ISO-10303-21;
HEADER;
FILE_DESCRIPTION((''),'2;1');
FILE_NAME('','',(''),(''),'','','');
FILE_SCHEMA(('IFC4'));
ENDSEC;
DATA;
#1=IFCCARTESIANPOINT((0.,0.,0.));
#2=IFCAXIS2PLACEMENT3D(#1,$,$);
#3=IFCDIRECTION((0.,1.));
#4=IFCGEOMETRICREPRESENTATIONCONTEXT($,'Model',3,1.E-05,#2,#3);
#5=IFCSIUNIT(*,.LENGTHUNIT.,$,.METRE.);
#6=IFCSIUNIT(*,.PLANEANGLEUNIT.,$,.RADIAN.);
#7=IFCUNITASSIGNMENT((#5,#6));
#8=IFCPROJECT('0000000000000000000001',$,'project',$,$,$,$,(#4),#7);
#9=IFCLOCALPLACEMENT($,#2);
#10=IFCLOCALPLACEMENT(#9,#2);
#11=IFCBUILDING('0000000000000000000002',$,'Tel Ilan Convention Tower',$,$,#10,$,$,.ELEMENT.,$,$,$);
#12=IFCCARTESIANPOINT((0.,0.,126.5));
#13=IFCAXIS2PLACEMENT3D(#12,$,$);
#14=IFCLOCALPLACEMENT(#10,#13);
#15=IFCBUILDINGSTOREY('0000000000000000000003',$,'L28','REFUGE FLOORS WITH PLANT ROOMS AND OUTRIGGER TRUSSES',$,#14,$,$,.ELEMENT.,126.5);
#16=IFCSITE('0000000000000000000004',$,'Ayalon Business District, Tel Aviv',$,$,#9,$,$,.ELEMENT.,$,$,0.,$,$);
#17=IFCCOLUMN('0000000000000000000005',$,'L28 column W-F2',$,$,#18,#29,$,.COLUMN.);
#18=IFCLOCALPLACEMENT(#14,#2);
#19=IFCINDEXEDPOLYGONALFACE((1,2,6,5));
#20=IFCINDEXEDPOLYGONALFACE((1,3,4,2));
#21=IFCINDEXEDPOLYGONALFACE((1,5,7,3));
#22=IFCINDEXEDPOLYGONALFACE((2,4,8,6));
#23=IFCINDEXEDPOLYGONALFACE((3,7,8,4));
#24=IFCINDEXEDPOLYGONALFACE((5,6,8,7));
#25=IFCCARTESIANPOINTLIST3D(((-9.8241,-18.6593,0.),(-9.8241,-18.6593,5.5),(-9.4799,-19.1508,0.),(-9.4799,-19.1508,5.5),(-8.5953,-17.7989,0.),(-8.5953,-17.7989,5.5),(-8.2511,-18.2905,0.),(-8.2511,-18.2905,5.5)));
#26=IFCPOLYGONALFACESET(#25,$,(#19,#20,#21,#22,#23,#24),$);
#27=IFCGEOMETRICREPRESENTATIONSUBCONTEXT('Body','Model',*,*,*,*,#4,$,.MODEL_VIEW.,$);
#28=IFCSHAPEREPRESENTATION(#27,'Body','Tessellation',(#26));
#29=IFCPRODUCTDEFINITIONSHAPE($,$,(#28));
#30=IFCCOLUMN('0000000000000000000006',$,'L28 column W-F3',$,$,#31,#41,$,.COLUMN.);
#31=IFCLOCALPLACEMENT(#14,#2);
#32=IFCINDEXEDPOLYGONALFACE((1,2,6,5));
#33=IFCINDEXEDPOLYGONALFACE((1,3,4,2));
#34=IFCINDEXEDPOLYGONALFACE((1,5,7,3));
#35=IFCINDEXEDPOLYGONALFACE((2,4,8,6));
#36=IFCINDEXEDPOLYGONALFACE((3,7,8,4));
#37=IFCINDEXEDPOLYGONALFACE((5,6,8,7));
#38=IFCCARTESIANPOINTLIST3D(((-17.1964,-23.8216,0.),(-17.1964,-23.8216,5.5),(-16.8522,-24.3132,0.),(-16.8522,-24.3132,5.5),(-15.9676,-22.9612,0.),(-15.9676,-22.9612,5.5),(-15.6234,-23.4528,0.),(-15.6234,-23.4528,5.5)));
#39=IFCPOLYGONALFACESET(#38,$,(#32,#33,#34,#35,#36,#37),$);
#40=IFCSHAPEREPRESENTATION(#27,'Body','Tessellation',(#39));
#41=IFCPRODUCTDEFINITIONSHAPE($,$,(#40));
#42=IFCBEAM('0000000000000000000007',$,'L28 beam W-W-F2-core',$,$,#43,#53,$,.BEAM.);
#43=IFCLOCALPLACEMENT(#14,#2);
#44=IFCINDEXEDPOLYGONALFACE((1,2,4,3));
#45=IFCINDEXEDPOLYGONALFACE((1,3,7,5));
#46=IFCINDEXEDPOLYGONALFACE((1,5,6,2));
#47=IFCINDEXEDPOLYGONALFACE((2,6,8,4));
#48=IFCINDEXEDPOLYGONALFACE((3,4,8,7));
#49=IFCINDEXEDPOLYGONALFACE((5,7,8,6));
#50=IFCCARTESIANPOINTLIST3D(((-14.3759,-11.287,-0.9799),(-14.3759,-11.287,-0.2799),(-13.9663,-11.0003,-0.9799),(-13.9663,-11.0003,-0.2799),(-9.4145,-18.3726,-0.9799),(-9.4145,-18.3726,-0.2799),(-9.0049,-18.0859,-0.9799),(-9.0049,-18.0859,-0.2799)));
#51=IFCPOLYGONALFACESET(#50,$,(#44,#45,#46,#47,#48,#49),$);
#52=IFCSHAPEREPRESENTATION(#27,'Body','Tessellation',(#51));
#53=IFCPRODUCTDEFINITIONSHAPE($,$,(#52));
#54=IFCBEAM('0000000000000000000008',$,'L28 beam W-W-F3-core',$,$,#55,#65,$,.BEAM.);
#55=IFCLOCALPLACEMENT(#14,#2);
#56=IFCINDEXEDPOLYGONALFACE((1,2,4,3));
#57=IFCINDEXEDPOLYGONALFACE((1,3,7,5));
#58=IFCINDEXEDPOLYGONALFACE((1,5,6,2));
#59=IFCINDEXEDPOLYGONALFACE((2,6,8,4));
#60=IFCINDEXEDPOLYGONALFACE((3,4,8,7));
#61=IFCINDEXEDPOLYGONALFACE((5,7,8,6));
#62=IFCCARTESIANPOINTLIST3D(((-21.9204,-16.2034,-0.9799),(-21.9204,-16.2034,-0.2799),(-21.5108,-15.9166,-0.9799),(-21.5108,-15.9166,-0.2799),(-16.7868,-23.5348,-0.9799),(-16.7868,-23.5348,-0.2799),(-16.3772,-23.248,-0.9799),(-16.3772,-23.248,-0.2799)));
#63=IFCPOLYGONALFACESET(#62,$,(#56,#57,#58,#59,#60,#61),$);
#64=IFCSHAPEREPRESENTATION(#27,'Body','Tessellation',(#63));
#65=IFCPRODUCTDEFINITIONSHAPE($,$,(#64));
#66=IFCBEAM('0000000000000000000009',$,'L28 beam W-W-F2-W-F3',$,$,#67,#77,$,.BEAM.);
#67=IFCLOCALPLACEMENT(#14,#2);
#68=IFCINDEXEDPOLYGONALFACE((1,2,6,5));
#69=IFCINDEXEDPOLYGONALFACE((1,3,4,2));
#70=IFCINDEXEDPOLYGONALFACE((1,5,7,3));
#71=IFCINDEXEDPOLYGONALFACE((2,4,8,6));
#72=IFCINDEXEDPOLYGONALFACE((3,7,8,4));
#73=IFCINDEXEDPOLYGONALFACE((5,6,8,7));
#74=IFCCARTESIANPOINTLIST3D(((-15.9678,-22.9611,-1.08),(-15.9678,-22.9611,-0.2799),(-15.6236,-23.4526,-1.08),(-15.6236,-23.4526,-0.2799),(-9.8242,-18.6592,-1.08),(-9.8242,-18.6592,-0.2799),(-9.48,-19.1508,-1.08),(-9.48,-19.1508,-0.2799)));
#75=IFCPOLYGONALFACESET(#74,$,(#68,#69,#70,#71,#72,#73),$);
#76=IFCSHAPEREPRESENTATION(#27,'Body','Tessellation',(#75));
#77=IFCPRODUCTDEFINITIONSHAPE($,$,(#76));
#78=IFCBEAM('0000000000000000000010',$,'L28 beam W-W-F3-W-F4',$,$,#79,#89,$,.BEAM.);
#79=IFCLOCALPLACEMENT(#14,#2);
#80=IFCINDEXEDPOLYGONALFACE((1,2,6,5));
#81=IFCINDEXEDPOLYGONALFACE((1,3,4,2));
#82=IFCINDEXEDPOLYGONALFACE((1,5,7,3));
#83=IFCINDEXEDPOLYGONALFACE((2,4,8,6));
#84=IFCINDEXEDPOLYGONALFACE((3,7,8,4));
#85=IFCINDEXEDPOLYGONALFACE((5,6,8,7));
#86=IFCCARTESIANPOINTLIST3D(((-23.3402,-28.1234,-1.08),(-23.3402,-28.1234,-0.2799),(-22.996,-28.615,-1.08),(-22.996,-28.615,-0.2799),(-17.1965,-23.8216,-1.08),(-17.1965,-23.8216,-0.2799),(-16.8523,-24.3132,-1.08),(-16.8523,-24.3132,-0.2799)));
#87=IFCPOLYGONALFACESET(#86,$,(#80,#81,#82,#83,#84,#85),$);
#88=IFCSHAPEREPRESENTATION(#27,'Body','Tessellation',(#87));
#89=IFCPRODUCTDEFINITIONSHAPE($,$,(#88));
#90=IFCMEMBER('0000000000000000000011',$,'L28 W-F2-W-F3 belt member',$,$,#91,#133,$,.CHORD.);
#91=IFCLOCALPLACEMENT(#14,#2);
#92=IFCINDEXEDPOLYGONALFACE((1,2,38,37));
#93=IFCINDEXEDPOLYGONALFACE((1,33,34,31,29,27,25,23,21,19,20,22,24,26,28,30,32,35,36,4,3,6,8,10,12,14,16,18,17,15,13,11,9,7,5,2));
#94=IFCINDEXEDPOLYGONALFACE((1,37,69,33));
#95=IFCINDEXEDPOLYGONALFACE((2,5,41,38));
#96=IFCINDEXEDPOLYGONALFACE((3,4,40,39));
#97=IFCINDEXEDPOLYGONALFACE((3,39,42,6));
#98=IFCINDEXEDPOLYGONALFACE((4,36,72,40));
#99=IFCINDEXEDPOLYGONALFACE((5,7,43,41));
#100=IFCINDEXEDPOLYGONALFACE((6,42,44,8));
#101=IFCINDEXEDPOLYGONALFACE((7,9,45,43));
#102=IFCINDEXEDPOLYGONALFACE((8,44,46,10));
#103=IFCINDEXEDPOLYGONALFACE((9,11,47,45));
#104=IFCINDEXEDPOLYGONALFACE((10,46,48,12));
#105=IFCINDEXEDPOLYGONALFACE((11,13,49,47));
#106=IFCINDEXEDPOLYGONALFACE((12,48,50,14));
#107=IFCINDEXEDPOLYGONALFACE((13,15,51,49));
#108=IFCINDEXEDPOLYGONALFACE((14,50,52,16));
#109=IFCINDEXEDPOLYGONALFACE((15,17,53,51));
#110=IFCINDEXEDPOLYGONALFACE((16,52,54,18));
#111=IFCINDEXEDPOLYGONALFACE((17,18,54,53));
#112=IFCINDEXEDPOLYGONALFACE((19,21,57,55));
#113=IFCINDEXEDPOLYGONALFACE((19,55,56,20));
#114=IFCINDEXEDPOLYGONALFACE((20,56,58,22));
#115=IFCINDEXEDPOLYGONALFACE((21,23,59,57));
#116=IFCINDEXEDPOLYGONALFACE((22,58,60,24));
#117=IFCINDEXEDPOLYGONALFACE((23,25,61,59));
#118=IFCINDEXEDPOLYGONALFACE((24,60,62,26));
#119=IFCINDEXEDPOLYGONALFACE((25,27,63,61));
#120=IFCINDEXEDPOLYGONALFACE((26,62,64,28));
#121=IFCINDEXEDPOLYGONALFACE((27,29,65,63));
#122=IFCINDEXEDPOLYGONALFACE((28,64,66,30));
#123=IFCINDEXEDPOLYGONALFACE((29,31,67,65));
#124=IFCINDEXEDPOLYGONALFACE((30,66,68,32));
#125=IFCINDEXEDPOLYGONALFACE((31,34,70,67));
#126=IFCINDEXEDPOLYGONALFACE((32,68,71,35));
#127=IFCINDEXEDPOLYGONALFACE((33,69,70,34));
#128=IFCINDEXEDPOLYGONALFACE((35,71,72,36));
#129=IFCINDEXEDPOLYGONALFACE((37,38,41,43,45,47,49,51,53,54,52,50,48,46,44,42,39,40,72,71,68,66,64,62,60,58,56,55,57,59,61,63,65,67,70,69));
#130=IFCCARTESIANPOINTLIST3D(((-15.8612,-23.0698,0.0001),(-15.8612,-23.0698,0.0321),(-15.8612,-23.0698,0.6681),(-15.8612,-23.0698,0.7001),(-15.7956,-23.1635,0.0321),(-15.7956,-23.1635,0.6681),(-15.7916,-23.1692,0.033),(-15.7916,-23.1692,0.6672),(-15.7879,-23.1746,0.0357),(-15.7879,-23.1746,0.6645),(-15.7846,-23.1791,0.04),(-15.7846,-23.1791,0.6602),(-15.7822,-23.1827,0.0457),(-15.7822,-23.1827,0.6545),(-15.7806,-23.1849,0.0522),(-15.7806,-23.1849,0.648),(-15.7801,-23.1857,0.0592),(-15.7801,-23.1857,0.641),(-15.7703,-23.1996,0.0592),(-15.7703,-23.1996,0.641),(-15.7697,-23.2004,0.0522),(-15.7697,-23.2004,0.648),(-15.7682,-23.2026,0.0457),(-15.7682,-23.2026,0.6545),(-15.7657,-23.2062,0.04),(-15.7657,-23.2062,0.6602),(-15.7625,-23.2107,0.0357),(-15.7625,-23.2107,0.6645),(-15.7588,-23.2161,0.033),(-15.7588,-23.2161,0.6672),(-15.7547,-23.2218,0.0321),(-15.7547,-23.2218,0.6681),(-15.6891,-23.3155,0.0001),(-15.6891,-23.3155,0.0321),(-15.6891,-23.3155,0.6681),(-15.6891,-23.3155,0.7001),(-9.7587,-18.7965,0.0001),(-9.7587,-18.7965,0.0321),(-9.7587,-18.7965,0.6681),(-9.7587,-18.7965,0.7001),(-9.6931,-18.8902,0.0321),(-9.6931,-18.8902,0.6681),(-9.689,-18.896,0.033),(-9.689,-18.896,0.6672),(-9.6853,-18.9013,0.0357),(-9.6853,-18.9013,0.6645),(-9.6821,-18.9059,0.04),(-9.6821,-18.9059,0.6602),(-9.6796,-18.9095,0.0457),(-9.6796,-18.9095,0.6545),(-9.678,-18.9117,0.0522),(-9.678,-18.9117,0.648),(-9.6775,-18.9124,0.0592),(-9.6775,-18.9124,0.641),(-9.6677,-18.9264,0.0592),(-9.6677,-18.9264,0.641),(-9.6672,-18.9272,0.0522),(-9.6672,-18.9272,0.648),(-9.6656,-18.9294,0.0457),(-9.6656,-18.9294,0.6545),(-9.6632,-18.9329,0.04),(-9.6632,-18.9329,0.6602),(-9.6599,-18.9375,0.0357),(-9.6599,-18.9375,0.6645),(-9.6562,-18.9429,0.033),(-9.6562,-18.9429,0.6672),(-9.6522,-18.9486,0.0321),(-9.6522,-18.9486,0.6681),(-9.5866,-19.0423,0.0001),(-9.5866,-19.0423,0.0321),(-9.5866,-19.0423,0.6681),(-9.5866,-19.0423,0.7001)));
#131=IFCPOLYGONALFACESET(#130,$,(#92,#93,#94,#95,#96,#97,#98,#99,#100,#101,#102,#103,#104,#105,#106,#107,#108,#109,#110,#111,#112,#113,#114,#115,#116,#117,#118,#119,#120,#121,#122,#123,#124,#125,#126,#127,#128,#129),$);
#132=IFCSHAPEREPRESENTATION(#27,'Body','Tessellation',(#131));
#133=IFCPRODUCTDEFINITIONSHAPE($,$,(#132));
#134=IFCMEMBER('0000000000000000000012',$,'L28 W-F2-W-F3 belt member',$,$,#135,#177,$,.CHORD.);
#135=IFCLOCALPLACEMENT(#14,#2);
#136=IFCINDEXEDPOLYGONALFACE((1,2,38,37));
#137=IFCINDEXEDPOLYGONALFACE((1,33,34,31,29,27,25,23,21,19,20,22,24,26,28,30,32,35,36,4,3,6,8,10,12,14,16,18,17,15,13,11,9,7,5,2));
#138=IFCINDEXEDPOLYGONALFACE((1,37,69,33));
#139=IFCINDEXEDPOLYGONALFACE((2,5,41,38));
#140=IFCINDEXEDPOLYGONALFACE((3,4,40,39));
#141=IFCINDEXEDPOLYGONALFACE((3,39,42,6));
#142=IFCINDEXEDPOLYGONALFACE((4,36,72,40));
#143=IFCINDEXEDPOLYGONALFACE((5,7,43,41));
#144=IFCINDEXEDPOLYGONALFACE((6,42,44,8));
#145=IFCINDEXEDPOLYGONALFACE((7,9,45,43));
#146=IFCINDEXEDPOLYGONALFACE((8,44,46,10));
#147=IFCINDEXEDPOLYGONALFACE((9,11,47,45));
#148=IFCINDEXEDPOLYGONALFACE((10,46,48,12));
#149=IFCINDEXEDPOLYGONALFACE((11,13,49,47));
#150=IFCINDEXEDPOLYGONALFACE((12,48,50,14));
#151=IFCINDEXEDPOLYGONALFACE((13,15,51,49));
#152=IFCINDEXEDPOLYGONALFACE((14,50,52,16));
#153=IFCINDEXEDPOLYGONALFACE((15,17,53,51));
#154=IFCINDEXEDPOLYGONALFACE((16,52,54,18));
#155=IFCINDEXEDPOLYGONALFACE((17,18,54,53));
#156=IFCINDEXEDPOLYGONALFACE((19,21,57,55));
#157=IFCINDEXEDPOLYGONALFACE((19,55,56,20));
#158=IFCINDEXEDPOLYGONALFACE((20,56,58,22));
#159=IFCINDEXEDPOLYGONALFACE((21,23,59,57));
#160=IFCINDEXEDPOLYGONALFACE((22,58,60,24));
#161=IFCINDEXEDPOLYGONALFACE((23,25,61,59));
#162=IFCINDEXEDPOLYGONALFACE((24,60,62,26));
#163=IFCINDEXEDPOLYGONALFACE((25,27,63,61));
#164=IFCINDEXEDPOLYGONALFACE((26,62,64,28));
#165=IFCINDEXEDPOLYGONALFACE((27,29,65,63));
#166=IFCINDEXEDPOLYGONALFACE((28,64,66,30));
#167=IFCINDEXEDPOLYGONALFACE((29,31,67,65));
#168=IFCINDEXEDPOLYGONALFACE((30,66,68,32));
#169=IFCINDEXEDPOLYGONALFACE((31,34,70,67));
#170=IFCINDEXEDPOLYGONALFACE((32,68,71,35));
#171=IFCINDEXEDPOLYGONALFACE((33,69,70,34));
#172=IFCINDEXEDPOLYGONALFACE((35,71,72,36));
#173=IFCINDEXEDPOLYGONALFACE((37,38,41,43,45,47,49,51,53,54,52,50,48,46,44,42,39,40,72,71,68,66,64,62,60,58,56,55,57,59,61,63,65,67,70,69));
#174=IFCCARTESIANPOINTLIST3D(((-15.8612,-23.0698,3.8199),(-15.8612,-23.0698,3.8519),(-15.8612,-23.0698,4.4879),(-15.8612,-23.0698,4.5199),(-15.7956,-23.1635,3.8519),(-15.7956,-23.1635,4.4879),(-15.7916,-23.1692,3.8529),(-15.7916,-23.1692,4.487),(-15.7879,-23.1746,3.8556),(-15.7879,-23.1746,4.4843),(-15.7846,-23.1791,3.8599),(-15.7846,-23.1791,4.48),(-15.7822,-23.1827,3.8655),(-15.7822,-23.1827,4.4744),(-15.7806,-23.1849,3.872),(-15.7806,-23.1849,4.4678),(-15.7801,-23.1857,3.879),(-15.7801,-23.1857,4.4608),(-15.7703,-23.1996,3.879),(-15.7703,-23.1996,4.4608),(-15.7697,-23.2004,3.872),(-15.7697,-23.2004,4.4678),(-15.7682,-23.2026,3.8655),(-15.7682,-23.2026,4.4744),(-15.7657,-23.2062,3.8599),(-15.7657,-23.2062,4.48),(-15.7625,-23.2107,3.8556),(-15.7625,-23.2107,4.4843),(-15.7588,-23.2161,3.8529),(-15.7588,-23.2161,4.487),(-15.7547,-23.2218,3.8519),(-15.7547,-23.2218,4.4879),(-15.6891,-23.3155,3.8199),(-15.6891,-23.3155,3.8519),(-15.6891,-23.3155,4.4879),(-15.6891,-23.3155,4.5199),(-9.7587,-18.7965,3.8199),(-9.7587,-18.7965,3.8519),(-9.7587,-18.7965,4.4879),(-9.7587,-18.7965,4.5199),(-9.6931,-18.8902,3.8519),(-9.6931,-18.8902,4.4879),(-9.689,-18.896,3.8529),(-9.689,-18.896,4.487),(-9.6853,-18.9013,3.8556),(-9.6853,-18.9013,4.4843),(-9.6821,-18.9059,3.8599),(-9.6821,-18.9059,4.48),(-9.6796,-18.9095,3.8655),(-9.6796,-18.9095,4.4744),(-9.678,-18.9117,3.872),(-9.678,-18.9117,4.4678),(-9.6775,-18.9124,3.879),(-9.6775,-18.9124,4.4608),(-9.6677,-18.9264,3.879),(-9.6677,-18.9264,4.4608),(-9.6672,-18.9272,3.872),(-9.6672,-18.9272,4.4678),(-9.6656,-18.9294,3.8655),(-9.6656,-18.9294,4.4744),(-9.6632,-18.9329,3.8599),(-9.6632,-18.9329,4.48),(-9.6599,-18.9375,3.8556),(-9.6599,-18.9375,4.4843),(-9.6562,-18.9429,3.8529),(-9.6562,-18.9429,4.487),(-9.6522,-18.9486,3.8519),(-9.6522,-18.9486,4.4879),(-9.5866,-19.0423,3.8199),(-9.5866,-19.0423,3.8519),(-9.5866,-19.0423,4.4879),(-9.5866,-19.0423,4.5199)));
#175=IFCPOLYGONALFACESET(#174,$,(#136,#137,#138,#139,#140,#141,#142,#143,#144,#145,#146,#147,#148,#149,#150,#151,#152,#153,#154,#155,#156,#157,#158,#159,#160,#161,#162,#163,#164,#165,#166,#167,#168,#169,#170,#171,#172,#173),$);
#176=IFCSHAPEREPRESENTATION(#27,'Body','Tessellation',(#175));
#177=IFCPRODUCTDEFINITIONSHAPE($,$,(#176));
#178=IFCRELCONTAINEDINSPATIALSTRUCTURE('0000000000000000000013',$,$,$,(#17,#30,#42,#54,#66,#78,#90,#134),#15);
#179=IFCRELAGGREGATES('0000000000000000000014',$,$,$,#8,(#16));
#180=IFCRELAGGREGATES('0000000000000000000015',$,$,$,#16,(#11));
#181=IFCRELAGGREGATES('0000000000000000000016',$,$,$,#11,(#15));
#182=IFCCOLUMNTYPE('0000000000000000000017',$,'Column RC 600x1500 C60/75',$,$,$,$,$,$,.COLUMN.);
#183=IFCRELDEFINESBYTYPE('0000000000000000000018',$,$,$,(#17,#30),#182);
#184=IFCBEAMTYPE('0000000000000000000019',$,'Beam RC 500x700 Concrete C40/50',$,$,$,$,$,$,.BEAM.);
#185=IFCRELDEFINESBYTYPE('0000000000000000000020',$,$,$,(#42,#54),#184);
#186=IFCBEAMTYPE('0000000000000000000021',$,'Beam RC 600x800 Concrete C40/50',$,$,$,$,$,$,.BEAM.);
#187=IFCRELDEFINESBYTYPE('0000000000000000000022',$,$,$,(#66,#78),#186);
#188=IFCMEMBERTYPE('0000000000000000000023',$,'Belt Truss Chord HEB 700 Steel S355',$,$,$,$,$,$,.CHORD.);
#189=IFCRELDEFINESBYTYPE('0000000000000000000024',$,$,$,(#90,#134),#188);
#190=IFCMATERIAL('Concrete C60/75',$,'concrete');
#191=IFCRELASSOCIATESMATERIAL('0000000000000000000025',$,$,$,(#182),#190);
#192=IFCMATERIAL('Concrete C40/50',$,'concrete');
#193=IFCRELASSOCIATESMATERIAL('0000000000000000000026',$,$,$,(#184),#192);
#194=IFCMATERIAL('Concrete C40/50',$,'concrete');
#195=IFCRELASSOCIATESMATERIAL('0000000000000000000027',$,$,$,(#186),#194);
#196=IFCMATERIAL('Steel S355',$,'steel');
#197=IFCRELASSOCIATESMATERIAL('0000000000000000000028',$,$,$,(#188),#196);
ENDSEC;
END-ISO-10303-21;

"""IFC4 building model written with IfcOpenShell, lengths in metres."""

from ifc_helpers import new_model, si_unit, direction, frame, origin, origin_2d, place, context, subcontext, project, spatial, rectangle, i_section, extrude, material, material_profile, profile_set, type_object, element, save


model = new_model("IFC4")

# Units and contexts
model_context = context("Model", 3, precision=1e-05, world=origin(), true_north=direction((0.0, 1.0)))
body_context = subcontext(model_context, "Body", "Model", "MODEL_VIEW")
ifc_project = project(units=[si_unit("LENGTHUNIT", "METRE"), si_unit("PLANEANGLEUNIT", "RADIAN")], contexts=[model_context])

# Site, building, storey
site_placement = place(None, origin())
site = spatial("IfcSite", under=ifc_project, at=site_placement, Name="Ayalon Business District, Tel Aviv", CompositionType="ELEMENT", RefElevation=0.0)
building_placement = place(site_placement, origin())
building = spatial("IfcBuilding", under=site, at=building_placement, Name="Tel Ilan Convention Tower", CompositionType="ELEMENT")
storey_placement = place(building_placement, frame((0.0, 0.0, 126.5)))
storey = spatial("IfcBuildingStorey", under=building, at=storey_placement, Name="L28", Description="REFUGE FLOORS WITH PLANT ROOMS AND OUTRIGGER TRUSSES", CompositionType="ELEMENT", Elevation=126.5)

# Columns
ifc_material_1 = material(Name="Concrete C60/75", Category="concrete")
ifc_material_profile_1 = material_profile(ifc_material_1, rectangle(XDim=1.5, YDim=0.6001, at=origin_2d()), Name="RC 600x1500")
ifc_profile_set_1 = profile_set([ifc_material_profile_1], Name="Concrete C60/75")
column_type = type_object("IfcColumnType", Name="Column RC 600x1500 C60/75", PredefinedType="COLUMN", material=ifc_profile_set_1)
for number, where, z_axis, x_axis, name in (
    (1, (-9.0376, -18.4749, 0.0), (0.0, 0.0, 1.0), (-0.819152, -0.573576, 0.0), "L28 column W-F2"),
    (2, (-16.4099, -23.6372, 0.0), (0.0, 0.0, 1.0), (-0.819152, -0.573576, 0.0), "L28 column W-F3"),
):
    element("IfcColumn", number, at=place(storey_placement, frame(where, z_axis=z_axis, x_axis=x_axis)), inside=storey, type_object=column_type, Name=name, PredefinedType="COLUMN", context=body_context, shape_type="SweptSolid", body=[
        extrude(rectangle(XDim=1.5, YDim=0.6001, at=origin_2d()), origin(), (0.0, 0.0, 1.0), 5.5),
    ])

# Beams
ifc_material_2 = material(Name="Concrete C40/50", Category="concrete")
ifc_material_profile_2 = material_profile(ifc_material_2, rectangle(XDim=0.5, YDim=0.7, at=origin_2d()), Name="RC 500x700")
ifc_profile_set_2 = profile_set([ifc_material_profile_2], Name="Concrete C40/50")
beam_type_1 = type_object("IfcBeamType", Name="Beam RC 500x700 Concrete C40/50", PredefinedType="BEAM", material=ifc_profile_set_2)
beam_1_placement = place(storey_placement, frame((-9.2097, -18.2292, -0.6299), z_axis=(-0.573574, 0.819154, 0.0), x_axis=(-0.819154, -0.573574, 0.0)))
element("IfcBeam", 3, at=beam_1_placement, inside=storey, type_object=beam_type_1, Name="L28 beam W-W-F2-core", PredefinedType="BEAM", context=body_context, shape_type="SweptSolid", body=[
    extrude(rectangle(XDim=0.5, YDim=0.7, at=origin_2d()), origin(), (0.0, 0.0, 1.0), 8.6499),
])
beam_2_placement = place(storey_placement, frame((-16.582, -23.3914, -0.6299), z_axis=(-0.573585, 0.819146, 0.0), x_axis=(-0.819146, -0.573585, 0.0)))
element("IfcBeam", 4, at=beam_2_placement, inside=storey, type_object=beam_type_1, Name="L28 beam W-W-F3-core", PredefinedType="BEAM", context=body_context, shape_type="SweptSolid", body=[
    extrude(rectangle(XDim=0.5, YDim=0.7, at=origin_2d()), origin(), (0.0, 0.0, 1.0), 8.95),
])
ifc_material_3 = material(Name="Concrete C40/50", Category="concrete")
ifc_material_profile_3 = material_profile(ifc_material_3, rectangle(XDim=0.6001, YDim=0.8, at=origin_2d()), Name="RC 600x800")
ifc_profile_set_3 = profile_set([ifc_material_profile_3], Name="Concrete C40/50")
beam_type_2 = type_object("IfcBeamType", Name="Beam RC 600x800 Concrete C40/50", PredefinedType="BEAM", material=ifc_profile_set_3)
for number, where, z_axis, x_axis, name in (
    (5, (-9.6521, -18.905, -0.6799), (-0.819152, -0.573576, 0.0), (0.573576, -0.819152, 0.0), "L28 beam W-W-F2-W-F3"),
    (6, (-17.0244, -24.0674, -0.6799), (-0.819152, -0.573576, 0.0), (0.573576, -0.819152, 0.0), "L28 beam W-W-F3-W-F4"),
):
    element("IfcBeam", number, at=place(storey_placement, frame(where, z_axis=z_axis, x_axis=x_axis)), inside=storey, type_object=beam_type_2, Name=name, PredefinedType="BEAM", context=body_context, shape_type="SweptSolid", body=[
        extrude(rectangle(XDim=0.6001, YDim=0.8, at=origin_2d()), origin(), (0.0, 0.0, 1.0), 7.5),
    ])

# Members
ifc_material_4 = material(Name="Steel S355", Category="steel")
ifc_material_profile_4 = material_profile(ifc_material_4, i_section(OverallWidth=0.3, OverallDepth=0.7, WebThickness=0.0171, FlangeThickness=0.032, FilletRadius=0.0271, at=origin_2d()), Name="HEB 700")
ifc_profile_set_4 = profile_set([ifc_material_profile_4], Name="Steel S355")
member_type_1 = type_object("IfcMemberType", Name="Belt Truss Chord HEB 700 Steel S355", PredefinedType="CHORD", material=ifc_profile_set_4)
for number, where, z_axis, x_axis, name in (
    (7, (-9.6726, -18.9194, 0.3501), (-0.819143, -0.57359, 0.0), (0.57359, -0.819143, 0.0), "L28 W-F2-W-F3 belt member"),
    (8, (-9.6726, -18.9194, 4.1699), (-0.819143, -0.57359, 0.0), (0.57359, -0.819143, 0.0), "L28 W-F2-W-F3 belt member"),
):
    element("IfcMember", number, at=place(storey_placement, frame(where, z_axis=z_axis, x_axis=x_axis)), inside=storey, type_object=member_type_1, Name=name, PredefinedType="CHORD", context=body_context, shape_type="SweptSolid", body=[
        extrude(i_section(OverallWidth=0.3, OverallDepth=0.7, WebThickness=0.0171, FlangeThickness=0.032, FilletRadius=0.0271, at=origin_2d()), origin(), (0.0, 0.0, 1.0), 7.45),
    ])

save(model, "model.ifc")
